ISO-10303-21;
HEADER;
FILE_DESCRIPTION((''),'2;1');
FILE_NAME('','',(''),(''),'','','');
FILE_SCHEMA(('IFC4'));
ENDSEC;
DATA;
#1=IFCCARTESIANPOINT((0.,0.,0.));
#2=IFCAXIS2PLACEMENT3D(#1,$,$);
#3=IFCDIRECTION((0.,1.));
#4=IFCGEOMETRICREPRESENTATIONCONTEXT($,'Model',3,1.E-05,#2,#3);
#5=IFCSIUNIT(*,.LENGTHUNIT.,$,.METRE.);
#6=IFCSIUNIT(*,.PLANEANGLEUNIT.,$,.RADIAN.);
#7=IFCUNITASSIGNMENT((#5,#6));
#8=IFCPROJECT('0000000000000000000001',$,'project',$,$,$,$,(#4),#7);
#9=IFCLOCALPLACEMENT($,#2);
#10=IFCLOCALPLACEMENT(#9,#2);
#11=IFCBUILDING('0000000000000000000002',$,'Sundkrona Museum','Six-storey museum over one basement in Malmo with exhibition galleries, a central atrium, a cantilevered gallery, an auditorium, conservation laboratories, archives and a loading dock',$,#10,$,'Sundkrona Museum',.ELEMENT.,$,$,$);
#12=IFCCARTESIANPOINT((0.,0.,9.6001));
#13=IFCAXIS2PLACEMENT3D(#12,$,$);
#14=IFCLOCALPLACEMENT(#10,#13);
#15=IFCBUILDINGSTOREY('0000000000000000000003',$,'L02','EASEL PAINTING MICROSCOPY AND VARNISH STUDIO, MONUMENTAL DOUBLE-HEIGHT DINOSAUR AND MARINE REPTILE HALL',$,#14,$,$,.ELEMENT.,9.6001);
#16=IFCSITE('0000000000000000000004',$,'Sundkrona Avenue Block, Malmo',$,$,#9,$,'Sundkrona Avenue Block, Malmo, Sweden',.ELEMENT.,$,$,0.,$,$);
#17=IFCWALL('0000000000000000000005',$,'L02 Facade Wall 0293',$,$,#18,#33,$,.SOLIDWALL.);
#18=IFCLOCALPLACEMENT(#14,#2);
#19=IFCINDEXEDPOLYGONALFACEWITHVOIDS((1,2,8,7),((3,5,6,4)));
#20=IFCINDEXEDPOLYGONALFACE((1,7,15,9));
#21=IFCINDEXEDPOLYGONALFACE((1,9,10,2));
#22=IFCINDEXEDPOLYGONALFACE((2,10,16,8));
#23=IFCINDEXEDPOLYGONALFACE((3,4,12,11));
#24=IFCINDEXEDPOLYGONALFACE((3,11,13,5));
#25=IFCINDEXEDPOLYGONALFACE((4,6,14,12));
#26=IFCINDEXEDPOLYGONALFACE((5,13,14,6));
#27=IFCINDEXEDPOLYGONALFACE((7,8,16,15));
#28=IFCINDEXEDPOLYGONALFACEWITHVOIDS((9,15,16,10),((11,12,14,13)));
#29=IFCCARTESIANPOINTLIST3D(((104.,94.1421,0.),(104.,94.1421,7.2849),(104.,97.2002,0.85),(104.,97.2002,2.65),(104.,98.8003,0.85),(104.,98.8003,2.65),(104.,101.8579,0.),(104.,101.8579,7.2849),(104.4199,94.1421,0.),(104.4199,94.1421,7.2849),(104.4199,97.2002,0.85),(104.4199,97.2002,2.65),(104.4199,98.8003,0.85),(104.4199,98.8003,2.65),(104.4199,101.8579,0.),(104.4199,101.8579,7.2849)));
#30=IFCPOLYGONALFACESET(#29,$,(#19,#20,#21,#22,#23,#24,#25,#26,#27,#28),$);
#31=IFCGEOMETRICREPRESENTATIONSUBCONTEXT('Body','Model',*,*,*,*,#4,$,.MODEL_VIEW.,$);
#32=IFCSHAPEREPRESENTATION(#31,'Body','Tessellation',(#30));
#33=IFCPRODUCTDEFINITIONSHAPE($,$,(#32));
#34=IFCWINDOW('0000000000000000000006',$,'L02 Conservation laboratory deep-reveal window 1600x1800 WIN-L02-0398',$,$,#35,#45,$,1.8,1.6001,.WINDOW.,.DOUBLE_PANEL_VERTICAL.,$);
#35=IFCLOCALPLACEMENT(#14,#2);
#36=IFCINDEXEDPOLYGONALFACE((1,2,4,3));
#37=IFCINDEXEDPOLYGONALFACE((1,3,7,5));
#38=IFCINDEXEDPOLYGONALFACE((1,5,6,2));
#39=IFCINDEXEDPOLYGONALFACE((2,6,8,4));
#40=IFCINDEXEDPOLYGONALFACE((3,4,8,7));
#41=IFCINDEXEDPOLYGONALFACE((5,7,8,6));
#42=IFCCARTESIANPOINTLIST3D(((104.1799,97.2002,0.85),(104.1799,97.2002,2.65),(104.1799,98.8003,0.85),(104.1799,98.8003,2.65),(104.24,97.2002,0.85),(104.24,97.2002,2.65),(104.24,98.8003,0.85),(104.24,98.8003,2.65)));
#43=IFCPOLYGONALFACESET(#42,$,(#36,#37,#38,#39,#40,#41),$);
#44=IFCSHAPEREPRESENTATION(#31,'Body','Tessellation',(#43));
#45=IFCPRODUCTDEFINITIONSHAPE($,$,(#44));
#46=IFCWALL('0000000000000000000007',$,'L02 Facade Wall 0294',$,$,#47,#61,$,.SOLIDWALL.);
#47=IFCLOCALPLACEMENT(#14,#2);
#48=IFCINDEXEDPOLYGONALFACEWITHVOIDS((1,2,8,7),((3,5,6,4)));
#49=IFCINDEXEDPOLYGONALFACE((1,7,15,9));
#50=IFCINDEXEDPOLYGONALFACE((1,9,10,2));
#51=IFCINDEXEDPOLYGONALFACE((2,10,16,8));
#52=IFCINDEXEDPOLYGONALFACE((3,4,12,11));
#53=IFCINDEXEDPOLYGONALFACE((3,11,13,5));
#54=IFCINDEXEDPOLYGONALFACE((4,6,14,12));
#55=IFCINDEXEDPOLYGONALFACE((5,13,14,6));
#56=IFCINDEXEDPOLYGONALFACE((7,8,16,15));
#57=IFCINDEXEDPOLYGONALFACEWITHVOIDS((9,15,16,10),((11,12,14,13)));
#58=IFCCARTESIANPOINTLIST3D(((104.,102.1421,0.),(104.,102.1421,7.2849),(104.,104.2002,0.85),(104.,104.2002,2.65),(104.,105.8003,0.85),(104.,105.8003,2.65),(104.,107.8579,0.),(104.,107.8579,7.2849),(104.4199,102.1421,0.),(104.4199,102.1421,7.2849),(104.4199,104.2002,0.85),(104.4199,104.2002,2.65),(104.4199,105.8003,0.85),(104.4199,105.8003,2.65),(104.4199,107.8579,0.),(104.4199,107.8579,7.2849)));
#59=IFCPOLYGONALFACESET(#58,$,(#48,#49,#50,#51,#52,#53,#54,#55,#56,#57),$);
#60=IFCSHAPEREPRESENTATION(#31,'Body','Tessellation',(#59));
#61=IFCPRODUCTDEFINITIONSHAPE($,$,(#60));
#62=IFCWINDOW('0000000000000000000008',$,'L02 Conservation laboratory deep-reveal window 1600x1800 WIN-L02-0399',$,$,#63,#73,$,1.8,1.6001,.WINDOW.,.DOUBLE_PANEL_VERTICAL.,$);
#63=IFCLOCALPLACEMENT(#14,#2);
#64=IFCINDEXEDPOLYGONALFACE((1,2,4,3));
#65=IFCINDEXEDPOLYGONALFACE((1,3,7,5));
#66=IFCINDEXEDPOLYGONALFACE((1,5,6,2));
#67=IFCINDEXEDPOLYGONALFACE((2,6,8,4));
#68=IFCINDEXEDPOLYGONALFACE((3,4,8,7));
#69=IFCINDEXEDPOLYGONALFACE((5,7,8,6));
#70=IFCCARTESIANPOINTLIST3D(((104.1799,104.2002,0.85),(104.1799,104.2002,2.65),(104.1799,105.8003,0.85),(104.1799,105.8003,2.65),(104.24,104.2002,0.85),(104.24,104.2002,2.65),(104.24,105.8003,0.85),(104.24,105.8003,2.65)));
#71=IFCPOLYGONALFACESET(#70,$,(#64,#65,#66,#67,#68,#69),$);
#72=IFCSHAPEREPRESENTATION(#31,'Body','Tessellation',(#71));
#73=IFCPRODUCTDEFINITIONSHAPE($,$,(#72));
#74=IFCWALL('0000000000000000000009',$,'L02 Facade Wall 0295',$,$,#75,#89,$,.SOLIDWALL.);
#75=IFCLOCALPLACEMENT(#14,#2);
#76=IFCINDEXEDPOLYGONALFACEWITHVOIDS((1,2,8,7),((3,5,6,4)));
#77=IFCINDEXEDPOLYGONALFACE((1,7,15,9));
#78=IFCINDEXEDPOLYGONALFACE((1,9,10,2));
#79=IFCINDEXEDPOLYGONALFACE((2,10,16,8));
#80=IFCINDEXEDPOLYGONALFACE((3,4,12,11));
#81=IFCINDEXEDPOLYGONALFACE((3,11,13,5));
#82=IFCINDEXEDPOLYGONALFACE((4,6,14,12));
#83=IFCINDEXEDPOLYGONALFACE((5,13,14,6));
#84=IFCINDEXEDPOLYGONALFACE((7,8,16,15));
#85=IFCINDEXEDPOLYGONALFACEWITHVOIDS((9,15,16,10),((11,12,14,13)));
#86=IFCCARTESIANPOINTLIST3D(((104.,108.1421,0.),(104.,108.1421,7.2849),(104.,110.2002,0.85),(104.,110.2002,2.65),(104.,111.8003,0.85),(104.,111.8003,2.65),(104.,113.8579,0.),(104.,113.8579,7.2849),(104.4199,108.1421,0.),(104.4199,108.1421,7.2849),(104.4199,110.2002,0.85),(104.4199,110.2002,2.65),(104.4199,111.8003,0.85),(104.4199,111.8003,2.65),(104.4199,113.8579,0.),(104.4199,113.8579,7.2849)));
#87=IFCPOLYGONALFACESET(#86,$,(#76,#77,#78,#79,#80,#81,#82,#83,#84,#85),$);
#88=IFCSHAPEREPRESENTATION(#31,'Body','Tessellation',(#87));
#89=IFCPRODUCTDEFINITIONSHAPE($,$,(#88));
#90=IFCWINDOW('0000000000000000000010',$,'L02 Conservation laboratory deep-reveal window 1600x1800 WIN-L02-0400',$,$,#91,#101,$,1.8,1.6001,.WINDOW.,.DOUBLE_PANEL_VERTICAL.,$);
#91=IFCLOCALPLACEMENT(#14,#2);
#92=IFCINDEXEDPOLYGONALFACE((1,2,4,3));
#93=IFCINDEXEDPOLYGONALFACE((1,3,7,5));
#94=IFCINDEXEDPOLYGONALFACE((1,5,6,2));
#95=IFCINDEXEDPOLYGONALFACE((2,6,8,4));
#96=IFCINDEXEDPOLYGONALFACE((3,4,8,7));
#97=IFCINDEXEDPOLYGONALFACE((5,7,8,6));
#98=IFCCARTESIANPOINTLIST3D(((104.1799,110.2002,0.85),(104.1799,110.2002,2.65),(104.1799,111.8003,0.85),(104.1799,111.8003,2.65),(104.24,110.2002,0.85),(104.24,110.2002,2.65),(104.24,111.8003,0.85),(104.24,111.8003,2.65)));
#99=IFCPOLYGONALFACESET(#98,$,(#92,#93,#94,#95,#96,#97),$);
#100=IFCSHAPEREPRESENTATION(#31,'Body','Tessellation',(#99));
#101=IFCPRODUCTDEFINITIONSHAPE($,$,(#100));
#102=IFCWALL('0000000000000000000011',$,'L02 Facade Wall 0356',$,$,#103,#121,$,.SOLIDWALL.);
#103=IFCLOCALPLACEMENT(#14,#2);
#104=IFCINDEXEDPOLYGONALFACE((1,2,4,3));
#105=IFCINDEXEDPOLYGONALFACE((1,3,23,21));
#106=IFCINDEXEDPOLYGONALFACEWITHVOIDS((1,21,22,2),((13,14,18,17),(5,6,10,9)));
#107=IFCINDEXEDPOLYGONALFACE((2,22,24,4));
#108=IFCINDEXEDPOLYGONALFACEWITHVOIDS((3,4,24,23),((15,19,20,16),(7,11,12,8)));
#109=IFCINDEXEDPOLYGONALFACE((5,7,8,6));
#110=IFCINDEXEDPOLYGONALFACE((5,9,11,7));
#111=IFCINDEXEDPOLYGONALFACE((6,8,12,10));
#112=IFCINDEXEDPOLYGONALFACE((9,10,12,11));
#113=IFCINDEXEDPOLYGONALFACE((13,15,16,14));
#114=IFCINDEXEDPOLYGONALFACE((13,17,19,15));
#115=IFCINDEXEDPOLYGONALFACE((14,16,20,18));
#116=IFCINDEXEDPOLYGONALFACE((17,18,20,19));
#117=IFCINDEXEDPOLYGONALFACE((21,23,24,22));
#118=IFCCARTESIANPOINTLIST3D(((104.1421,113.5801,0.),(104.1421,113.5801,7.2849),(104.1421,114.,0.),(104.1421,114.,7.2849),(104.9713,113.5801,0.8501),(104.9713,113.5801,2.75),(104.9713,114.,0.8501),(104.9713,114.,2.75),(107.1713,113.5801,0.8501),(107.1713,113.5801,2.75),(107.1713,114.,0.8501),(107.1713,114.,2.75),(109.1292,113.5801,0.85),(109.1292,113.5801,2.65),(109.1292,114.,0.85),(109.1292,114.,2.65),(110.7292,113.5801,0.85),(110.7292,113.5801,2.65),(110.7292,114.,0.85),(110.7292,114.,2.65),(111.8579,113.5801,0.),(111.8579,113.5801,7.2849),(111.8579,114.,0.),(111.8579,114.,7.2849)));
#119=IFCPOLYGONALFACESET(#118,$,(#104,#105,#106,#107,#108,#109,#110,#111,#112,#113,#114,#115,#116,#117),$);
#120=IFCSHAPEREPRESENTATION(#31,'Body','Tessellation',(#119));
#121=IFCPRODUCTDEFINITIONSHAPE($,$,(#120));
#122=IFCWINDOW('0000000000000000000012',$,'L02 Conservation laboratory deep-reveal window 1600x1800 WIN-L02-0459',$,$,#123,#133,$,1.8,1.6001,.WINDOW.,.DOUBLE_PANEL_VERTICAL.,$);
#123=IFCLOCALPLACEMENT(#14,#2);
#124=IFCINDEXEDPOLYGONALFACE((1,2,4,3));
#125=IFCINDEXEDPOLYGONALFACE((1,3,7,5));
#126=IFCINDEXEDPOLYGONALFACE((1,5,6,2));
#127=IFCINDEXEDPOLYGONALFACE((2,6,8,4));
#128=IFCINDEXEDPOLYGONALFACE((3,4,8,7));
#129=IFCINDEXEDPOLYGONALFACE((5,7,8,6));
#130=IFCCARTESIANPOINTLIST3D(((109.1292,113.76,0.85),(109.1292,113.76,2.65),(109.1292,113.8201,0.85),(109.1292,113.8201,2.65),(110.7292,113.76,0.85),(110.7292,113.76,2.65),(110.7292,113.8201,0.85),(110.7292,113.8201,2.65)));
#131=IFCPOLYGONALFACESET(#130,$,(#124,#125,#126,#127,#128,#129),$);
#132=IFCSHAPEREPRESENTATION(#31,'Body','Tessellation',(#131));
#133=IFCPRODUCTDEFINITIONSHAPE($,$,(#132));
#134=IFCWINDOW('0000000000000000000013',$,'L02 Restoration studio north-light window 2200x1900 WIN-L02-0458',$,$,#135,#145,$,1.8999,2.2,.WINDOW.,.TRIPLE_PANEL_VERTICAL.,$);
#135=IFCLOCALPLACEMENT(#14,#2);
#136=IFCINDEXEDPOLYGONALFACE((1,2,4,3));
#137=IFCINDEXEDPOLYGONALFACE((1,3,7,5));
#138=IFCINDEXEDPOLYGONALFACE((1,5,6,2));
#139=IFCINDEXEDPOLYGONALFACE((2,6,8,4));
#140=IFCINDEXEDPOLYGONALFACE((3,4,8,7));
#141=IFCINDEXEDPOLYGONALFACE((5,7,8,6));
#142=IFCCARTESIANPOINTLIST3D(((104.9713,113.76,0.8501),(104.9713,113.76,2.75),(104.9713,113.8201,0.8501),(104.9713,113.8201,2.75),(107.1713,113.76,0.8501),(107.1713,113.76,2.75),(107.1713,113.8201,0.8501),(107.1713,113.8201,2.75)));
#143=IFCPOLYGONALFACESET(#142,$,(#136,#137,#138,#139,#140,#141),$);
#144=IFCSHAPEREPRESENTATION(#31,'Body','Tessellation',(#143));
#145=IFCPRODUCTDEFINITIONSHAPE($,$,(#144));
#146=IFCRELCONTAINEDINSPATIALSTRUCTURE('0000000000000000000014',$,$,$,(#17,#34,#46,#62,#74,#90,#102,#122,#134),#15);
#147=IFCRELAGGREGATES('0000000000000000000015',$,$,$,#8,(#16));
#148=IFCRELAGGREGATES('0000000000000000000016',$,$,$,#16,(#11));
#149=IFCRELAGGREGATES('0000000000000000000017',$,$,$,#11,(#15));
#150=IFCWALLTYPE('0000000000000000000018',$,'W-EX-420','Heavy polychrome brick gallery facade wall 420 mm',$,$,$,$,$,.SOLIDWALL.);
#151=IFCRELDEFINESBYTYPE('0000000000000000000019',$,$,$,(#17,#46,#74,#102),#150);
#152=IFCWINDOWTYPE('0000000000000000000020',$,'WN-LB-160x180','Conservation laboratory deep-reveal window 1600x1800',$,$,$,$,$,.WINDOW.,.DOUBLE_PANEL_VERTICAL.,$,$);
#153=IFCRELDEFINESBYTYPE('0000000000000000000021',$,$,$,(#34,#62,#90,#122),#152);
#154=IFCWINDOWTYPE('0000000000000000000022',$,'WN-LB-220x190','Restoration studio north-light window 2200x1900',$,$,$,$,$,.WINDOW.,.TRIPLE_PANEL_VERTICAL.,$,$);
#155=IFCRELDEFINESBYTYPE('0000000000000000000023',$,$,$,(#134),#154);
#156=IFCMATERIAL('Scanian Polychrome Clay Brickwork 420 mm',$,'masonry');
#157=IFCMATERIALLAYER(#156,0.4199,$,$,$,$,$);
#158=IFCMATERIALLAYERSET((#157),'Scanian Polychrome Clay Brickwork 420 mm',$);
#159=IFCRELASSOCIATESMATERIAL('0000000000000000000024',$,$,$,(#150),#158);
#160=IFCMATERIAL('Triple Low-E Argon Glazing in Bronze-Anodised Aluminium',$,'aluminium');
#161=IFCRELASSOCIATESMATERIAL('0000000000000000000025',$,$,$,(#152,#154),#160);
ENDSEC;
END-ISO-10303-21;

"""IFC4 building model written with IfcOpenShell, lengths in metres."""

from ifc_helpers import new_model, si_unit, direction, frame, frame_2d, origin, place, context, subcontext, project, spatial, rectangle, extrude, material, layer, layer_set, type_object, element, fill, save


model = new_model("IFC4")

# Units and contexts
model_context = context("Model", 3, precision=1e-05, world=origin(), true_north=direction((0.0, 1.0)))
body_context = subcontext(model_context, "Body", "Model", "MODEL_VIEW")
ifc_project = project(units=[si_unit("LENGTHUNIT", "METRE"), si_unit("PLANEANGLEUNIT", "RADIAN")], contexts=[model_context])

# Site, building, storey
site_placement = place(None, origin())
site = spatial("IfcSite", under=ifc_project, at=site_placement, Name="Sundkrona Avenue Block, Malmo", LongName="Sundkrona Avenue Block, Malmo, Sweden", CompositionType="ELEMENT", RefElevation=0.0)
building_placement = place(site_placement, origin())
building = spatial("IfcBuilding", under=site, at=building_placement, Name="Sundkrona Museum", Description="Six-storey museum over one basement in Malmo with exhibition galleries, a central atrium, a cantilevered gallery, an auditorium, conservation laboratories, archives and a loading dock", LongName="Sundkrona Museum", CompositionType="ELEMENT")
storey_placement = place(building_placement, frame((0.0, 0.0, 9.6001)))
storey = spatial("IfcBuildingStorey", under=building, at=storey_placement, Name="L02", Description="EASEL PAINTING MICROSCOPY AND VARNISH STUDIO, MONUMENTAL DOUBLE-HEIGHT DINOSAUR AND MARINE REPTILE HALL", CompositionType="ELEMENT", Elevation=9.6001)

# Walls, openings, windows
ifc_material_1 = material(Name="Scanian Polychrome Clay Brickwork 420 mm", Category="masonry")
ifc_layer_1 = layer(ifc_material_1, 0.4199)
ifc_layer_set_1 = layer_set([ifc_layer_1], Name="Scanian Polychrome Clay Brickwork 420 mm")
wall_type_1 = type_object("IfcWallType", Name="W-EX-420", Description="Heavy polychrome brick gallery facade wall 420 mm", PredefinedType="SOLIDWALL", material=ifc_layer_set_1)
ifc_material_2 = material(Name="Triple Low-E Argon Glazing in Bronze-Anodised Aluminium", Category="aluminium")
window_type_1 = type_object("IfcWindowType", Name="WN-LB-160x180", Description="Conservation laboratory deep-reveal window 1600x1800", PartitioningType="DOUBLE_PANEL_VERTICAL", PredefinedType="WINDOW", material=ifc_material_2)
wall_1_placement = place(storey_placement, frame((104.21, 94.1421, 0.0), z_axis=(0.0, 0.0, 1.0), x_axis=(0.0, 1.0, 0.0)))
wall_1 = element("IfcWall", 1, at=wall_1_placement, inside=storey, type_object=wall_type_1, Name="L02 Facade Wall 0293", PredefinedType="SOLIDWALL", context=body_context, shape_type="SweptSolid", body=[
    extrude(rectangle(XDim=7.7158, YDim=0.4199, at=frame_2d((3.8579, 0.0))), origin(), (0.0, 0.0, 1.0), 7.2849),
])
opening_1_placement = place(wall_1_placement, frame((3.0581, 0.0, 0.8501)))
opening_1 = element("IfcOpeningElement", 2, at=opening_1_placement, cuts=wall_1, PredefinedType="OPENING", context=body_context, shape_type="SweptSolid", body=[
    extrude(rectangle(XDim=1.6001, YDim=1.8, at=frame_2d((0.8, 0.8999))), frame((0.0, 0.22, 0.0), z_axis=(0.0, -1.0, 0.0), x_axis=(1.0, 0.0, 0.0)), (0.0, 0.0, 1.0), 0.4399),
])
window_1_placement = place(opening_1_placement, origin())
window_1 = element("IfcWindow", 3, at=window_1_placement, inside=storey, type_object=window_type_1, Name="L02 Conservation laboratory deep-reveal window 1600x1800 WIN-L02-0398", OverallHeight=1.8, OverallWidth=1.6001, PartitioningType="DOUBLE_PANEL_VERTICAL", PredefinedType="WINDOW", context=body_context, shape_type="SweptSolid", body=[
    extrude(rectangle(XDim=1.6001, YDim=1.8, at=frame_2d((0.8, 0.8999))), frame((0.0, 0.03, 0.0), z_axis=(0.0, -1.0, 0.0), x_axis=(1.0, 0.0, 0.0)), (0.0, 0.0, 1.0), 0.0601),
])
fill(opening_1, window_1)
wall_2_placement = place(storey_placement, frame((104.21, 102.1421, 0.0), z_axis=(0.0, 0.0, 1.0), x_axis=(0.0, 1.0, 0.0)))
wall_2 = element("IfcWall", 4, at=wall_2_placement, inside=storey, type_object=wall_type_1, Name="L02 Facade Wall 0294", PredefinedType="SOLIDWALL", context=body_context, shape_type="SweptSolid", body=[
    extrude(rectangle(XDim=5.7158, YDim=0.4199, at=frame_2d((2.8579, 0.0))), origin(), (0.0, 0.0, 1.0), 7.2849),
])
opening_2_placement = place(wall_2_placement, frame((2.0581, 0.0, 0.8501)))
opening_2 = element("IfcOpeningElement", 5, at=opening_2_placement, cuts=wall_2, PredefinedType="OPENING", context=body_context, shape_type="SweptSolid", body=[
    extrude(rectangle(XDim=1.6001, YDim=1.8, at=frame_2d((0.8, 0.8999))), frame((0.0, 0.22, 0.0), z_axis=(0.0, -1.0, 0.0), x_axis=(1.0, 0.0, 0.0)), (0.0, 0.0, 1.0), 0.4399),
])
window_2_placement = place(opening_2_placement, origin())
window_2 = element("IfcWindow", 6, at=window_2_placement, inside=storey, type_object=window_type_1, Name="L02 Conservation laboratory deep-reveal window 1600x1800 WIN-L02-0399", OverallHeight=1.8, OverallWidth=1.6001, PartitioningType="DOUBLE_PANEL_VERTICAL", PredefinedType="WINDOW", context=body_context, shape_type="SweptSolid", body=[
    extrude(rectangle(XDim=1.6001, YDim=1.8, at=frame_2d((0.8, 0.8999))), frame((0.0, 0.03, 0.0), z_axis=(0.0, -1.0, 0.0), x_axis=(1.0, 0.0, 0.0)), (0.0, 0.0, 1.0), 0.0601),
])
fill(opening_2, window_2)
wall_3_placement = place(storey_placement, frame((104.21, 108.1421, 0.0), z_axis=(0.0, 0.0, 1.0), x_axis=(0.0, 1.0, 0.0)))
wall_3 = element("IfcWall", 7, at=wall_3_placement, inside=storey, type_object=wall_type_1, Name="L02 Facade Wall 0295", PredefinedType="SOLIDWALL", context=body_context, shape_type="SweptSolid", body=[
    extrude(rectangle(XDim=5.7158, YDim=0.4199, at=frame_2d((2.8579, 0.0))), origin(), (0.0, 0.0, 1.0), 7.2849),
])
opening_3_placement = place(wall_3_placement, frame((2.0581, 0.0, 0.8501)))
opening_3 = element("IfcOpeningElement", 8, at=opening_3_placement, cuts=wall_3, PredefinedType="OPENING", context=body_context, shape_type="SweptSolid", body=[
    extrude(rectangle(XDim=1.6001, YDim=1.8, at=frame_2d((0.8, 0.8999))), frame((0.0, 0.22, 0.0), z_axis=(0.0, -1.0, 0.0), x_axis=(1.0, 0.0, 0.0)), (0.0, 0.0, 1.0), 0.4399),
])
window_3_placement = place(opening_3_placement, origin())
window_3 = element("IfcWindow", 9, at=window_3_placement, inside=storey, type_object=window_type_1, Name="L02 Conservation laboratory deep-reveal window 1600x1800 WIN-L02-0400", OverallHeight=1.8, OverallWidth=1.6001, PartitioningType="DOUBLE_PANEL_VERTICAL", PredefinedType="WINDOW", context=body_context, shape_type="SweptSolid", body=[
    extrude(rectangle(XDim=1.6001, YDim=1.8, at=frame_2d((0.8, 0.8999))), frame((0.0, 0.03, 0.0), z_axis=(0.0, -1.0, 0.0), x_axis=(1.0, 0.0, 0.0)), (0.0, 0.0, 1.0), 0.0601),
])
fill(opening_3, window_3)

# Wall, openings, windows
wall_4_placement = place(storey_placement, frame((104.1421, 113.79, 0.0), z_axis=(0.0, 0.0, 1.0), x_axis=(1.0, 0.0, 0.0)))
wall_4 = element("IfcWall", 10, at=wall_4_placement, inside=storey, type_object=wall_type_1, Name="L02 Facade Wall 0356", PredefinedType="SOLIDWALL", context=body_context, shape_type="SweptSolid", body=[
    extrude(rectangle(XDim=7.7158, YDim=0.4199, at=frame_2d((3.8579, 0.0))), origin(), (0.0, 0.0, 1.0), 7.2849),
])
opening_4_placement = place(wall_4_placement, frame((0.8291, 0.0, 0.8501)))
opening_4 = element("IfcOpeningElement", 11, at=opening_4_placement, cuts=wall_4, PredefinedType="OPENING", context=body_context, shape_type="SweptSolid", body=[
    extrude(rectangle(XDim=2.2, YDim=1.8999, at=frame_2d((1.1001, 0.95))), frame((0.0, 0.22, 0.0), z_axis=(0.0, -1.0, 0.0), x_axis=(1.0, 0.0, 0.0)), (0.0, 0.0, 1.0), 0.4399),
])
opening_5_placement = place(wall_4_placement, frame((4.9871, 0.0, 0.8501)))
opening_5 = element("IfcOpeningElement", 12, at=opening_5_placement, cuts=wall_4, PredefinedType="OPENING", context=body_context, shape_type="SweptSolid", body=[
    extrude(rectangle(XDim=1.6001, YDim=1.8, at=frame_2d((0.8, 0.8999))), frame((0.0, 0.22, 0.0), z_axis=(0.0, -1.0, 0.0), x_axis=(1.0, 0.0, 0.0)), (0.0, 0.0, 1.0), 0.4399),
])
window_4_placement = place(opening_5_placement, origin())
window_4 = element("IfcWindow", 13, at=window_4_placement, inside=storey, type_object=window_type_1, Name="L02 Conservation laboratory deep-reveal window 1600x1800 WIN-L02-0459", OverallHeight=1.8, OverallWidth=1.6001, PartitioningType="DOUBLE_PANEL_VERTICAL", PredefinedType="WINDOW", context=body_context, shape_type="SweptSolid", body=[
    extrude(rectangle(XDim=1.6001, YDim=1.8, at=frame_2d((0.8, 0.8999))), frame((0.0, 0.03, 0.0), z_axis=(0.0, -1.0, 0.0), x_axis=(1.0, 0.0, 0.0)), (0.0, 0.0, 1.0), 0.0601),
])
fill(opening_5, window_4)
window_type_2 = type_object("IfcWindowType", Name="WN-LB-220x190", Description="Restoration studio north-light window 2200x1900", PartitioningType="TRIPLE_PANEL_VERTICAL", PredefinedType="WINDOW", material=ifc_material_2)
window_5_placement = place(opening_4_placement, origin())
window_5 = element("IfcWindow", 14, at=window_5_placement, inside=storey, type_object=window_type_2, Name="L02 Restoration studio north-light window 2200x1900 WIN-L02-0458", OverallHeight=1.8999, OverallWidth=2.2, PartitioningType="TRIPLE_PANEL_VERTICAL", PredefinedType="WINDOW", context=body_context, shape_type="SweptSolid", body=[
    extrude(rectangle(XDim=2.2, YDim=1.8999, at=frame_2d((1.1001, 0.95))), frame((0.0, 0.03, 0.0), z_axis=(0.0, -1.0, 0.0), x_axis=(1.0, 0.0, 0.0)), (0.0, 0.0, 1.0), 0.0601),
])
fill(opening_4, window_5)

save(model, "model.ifc")
